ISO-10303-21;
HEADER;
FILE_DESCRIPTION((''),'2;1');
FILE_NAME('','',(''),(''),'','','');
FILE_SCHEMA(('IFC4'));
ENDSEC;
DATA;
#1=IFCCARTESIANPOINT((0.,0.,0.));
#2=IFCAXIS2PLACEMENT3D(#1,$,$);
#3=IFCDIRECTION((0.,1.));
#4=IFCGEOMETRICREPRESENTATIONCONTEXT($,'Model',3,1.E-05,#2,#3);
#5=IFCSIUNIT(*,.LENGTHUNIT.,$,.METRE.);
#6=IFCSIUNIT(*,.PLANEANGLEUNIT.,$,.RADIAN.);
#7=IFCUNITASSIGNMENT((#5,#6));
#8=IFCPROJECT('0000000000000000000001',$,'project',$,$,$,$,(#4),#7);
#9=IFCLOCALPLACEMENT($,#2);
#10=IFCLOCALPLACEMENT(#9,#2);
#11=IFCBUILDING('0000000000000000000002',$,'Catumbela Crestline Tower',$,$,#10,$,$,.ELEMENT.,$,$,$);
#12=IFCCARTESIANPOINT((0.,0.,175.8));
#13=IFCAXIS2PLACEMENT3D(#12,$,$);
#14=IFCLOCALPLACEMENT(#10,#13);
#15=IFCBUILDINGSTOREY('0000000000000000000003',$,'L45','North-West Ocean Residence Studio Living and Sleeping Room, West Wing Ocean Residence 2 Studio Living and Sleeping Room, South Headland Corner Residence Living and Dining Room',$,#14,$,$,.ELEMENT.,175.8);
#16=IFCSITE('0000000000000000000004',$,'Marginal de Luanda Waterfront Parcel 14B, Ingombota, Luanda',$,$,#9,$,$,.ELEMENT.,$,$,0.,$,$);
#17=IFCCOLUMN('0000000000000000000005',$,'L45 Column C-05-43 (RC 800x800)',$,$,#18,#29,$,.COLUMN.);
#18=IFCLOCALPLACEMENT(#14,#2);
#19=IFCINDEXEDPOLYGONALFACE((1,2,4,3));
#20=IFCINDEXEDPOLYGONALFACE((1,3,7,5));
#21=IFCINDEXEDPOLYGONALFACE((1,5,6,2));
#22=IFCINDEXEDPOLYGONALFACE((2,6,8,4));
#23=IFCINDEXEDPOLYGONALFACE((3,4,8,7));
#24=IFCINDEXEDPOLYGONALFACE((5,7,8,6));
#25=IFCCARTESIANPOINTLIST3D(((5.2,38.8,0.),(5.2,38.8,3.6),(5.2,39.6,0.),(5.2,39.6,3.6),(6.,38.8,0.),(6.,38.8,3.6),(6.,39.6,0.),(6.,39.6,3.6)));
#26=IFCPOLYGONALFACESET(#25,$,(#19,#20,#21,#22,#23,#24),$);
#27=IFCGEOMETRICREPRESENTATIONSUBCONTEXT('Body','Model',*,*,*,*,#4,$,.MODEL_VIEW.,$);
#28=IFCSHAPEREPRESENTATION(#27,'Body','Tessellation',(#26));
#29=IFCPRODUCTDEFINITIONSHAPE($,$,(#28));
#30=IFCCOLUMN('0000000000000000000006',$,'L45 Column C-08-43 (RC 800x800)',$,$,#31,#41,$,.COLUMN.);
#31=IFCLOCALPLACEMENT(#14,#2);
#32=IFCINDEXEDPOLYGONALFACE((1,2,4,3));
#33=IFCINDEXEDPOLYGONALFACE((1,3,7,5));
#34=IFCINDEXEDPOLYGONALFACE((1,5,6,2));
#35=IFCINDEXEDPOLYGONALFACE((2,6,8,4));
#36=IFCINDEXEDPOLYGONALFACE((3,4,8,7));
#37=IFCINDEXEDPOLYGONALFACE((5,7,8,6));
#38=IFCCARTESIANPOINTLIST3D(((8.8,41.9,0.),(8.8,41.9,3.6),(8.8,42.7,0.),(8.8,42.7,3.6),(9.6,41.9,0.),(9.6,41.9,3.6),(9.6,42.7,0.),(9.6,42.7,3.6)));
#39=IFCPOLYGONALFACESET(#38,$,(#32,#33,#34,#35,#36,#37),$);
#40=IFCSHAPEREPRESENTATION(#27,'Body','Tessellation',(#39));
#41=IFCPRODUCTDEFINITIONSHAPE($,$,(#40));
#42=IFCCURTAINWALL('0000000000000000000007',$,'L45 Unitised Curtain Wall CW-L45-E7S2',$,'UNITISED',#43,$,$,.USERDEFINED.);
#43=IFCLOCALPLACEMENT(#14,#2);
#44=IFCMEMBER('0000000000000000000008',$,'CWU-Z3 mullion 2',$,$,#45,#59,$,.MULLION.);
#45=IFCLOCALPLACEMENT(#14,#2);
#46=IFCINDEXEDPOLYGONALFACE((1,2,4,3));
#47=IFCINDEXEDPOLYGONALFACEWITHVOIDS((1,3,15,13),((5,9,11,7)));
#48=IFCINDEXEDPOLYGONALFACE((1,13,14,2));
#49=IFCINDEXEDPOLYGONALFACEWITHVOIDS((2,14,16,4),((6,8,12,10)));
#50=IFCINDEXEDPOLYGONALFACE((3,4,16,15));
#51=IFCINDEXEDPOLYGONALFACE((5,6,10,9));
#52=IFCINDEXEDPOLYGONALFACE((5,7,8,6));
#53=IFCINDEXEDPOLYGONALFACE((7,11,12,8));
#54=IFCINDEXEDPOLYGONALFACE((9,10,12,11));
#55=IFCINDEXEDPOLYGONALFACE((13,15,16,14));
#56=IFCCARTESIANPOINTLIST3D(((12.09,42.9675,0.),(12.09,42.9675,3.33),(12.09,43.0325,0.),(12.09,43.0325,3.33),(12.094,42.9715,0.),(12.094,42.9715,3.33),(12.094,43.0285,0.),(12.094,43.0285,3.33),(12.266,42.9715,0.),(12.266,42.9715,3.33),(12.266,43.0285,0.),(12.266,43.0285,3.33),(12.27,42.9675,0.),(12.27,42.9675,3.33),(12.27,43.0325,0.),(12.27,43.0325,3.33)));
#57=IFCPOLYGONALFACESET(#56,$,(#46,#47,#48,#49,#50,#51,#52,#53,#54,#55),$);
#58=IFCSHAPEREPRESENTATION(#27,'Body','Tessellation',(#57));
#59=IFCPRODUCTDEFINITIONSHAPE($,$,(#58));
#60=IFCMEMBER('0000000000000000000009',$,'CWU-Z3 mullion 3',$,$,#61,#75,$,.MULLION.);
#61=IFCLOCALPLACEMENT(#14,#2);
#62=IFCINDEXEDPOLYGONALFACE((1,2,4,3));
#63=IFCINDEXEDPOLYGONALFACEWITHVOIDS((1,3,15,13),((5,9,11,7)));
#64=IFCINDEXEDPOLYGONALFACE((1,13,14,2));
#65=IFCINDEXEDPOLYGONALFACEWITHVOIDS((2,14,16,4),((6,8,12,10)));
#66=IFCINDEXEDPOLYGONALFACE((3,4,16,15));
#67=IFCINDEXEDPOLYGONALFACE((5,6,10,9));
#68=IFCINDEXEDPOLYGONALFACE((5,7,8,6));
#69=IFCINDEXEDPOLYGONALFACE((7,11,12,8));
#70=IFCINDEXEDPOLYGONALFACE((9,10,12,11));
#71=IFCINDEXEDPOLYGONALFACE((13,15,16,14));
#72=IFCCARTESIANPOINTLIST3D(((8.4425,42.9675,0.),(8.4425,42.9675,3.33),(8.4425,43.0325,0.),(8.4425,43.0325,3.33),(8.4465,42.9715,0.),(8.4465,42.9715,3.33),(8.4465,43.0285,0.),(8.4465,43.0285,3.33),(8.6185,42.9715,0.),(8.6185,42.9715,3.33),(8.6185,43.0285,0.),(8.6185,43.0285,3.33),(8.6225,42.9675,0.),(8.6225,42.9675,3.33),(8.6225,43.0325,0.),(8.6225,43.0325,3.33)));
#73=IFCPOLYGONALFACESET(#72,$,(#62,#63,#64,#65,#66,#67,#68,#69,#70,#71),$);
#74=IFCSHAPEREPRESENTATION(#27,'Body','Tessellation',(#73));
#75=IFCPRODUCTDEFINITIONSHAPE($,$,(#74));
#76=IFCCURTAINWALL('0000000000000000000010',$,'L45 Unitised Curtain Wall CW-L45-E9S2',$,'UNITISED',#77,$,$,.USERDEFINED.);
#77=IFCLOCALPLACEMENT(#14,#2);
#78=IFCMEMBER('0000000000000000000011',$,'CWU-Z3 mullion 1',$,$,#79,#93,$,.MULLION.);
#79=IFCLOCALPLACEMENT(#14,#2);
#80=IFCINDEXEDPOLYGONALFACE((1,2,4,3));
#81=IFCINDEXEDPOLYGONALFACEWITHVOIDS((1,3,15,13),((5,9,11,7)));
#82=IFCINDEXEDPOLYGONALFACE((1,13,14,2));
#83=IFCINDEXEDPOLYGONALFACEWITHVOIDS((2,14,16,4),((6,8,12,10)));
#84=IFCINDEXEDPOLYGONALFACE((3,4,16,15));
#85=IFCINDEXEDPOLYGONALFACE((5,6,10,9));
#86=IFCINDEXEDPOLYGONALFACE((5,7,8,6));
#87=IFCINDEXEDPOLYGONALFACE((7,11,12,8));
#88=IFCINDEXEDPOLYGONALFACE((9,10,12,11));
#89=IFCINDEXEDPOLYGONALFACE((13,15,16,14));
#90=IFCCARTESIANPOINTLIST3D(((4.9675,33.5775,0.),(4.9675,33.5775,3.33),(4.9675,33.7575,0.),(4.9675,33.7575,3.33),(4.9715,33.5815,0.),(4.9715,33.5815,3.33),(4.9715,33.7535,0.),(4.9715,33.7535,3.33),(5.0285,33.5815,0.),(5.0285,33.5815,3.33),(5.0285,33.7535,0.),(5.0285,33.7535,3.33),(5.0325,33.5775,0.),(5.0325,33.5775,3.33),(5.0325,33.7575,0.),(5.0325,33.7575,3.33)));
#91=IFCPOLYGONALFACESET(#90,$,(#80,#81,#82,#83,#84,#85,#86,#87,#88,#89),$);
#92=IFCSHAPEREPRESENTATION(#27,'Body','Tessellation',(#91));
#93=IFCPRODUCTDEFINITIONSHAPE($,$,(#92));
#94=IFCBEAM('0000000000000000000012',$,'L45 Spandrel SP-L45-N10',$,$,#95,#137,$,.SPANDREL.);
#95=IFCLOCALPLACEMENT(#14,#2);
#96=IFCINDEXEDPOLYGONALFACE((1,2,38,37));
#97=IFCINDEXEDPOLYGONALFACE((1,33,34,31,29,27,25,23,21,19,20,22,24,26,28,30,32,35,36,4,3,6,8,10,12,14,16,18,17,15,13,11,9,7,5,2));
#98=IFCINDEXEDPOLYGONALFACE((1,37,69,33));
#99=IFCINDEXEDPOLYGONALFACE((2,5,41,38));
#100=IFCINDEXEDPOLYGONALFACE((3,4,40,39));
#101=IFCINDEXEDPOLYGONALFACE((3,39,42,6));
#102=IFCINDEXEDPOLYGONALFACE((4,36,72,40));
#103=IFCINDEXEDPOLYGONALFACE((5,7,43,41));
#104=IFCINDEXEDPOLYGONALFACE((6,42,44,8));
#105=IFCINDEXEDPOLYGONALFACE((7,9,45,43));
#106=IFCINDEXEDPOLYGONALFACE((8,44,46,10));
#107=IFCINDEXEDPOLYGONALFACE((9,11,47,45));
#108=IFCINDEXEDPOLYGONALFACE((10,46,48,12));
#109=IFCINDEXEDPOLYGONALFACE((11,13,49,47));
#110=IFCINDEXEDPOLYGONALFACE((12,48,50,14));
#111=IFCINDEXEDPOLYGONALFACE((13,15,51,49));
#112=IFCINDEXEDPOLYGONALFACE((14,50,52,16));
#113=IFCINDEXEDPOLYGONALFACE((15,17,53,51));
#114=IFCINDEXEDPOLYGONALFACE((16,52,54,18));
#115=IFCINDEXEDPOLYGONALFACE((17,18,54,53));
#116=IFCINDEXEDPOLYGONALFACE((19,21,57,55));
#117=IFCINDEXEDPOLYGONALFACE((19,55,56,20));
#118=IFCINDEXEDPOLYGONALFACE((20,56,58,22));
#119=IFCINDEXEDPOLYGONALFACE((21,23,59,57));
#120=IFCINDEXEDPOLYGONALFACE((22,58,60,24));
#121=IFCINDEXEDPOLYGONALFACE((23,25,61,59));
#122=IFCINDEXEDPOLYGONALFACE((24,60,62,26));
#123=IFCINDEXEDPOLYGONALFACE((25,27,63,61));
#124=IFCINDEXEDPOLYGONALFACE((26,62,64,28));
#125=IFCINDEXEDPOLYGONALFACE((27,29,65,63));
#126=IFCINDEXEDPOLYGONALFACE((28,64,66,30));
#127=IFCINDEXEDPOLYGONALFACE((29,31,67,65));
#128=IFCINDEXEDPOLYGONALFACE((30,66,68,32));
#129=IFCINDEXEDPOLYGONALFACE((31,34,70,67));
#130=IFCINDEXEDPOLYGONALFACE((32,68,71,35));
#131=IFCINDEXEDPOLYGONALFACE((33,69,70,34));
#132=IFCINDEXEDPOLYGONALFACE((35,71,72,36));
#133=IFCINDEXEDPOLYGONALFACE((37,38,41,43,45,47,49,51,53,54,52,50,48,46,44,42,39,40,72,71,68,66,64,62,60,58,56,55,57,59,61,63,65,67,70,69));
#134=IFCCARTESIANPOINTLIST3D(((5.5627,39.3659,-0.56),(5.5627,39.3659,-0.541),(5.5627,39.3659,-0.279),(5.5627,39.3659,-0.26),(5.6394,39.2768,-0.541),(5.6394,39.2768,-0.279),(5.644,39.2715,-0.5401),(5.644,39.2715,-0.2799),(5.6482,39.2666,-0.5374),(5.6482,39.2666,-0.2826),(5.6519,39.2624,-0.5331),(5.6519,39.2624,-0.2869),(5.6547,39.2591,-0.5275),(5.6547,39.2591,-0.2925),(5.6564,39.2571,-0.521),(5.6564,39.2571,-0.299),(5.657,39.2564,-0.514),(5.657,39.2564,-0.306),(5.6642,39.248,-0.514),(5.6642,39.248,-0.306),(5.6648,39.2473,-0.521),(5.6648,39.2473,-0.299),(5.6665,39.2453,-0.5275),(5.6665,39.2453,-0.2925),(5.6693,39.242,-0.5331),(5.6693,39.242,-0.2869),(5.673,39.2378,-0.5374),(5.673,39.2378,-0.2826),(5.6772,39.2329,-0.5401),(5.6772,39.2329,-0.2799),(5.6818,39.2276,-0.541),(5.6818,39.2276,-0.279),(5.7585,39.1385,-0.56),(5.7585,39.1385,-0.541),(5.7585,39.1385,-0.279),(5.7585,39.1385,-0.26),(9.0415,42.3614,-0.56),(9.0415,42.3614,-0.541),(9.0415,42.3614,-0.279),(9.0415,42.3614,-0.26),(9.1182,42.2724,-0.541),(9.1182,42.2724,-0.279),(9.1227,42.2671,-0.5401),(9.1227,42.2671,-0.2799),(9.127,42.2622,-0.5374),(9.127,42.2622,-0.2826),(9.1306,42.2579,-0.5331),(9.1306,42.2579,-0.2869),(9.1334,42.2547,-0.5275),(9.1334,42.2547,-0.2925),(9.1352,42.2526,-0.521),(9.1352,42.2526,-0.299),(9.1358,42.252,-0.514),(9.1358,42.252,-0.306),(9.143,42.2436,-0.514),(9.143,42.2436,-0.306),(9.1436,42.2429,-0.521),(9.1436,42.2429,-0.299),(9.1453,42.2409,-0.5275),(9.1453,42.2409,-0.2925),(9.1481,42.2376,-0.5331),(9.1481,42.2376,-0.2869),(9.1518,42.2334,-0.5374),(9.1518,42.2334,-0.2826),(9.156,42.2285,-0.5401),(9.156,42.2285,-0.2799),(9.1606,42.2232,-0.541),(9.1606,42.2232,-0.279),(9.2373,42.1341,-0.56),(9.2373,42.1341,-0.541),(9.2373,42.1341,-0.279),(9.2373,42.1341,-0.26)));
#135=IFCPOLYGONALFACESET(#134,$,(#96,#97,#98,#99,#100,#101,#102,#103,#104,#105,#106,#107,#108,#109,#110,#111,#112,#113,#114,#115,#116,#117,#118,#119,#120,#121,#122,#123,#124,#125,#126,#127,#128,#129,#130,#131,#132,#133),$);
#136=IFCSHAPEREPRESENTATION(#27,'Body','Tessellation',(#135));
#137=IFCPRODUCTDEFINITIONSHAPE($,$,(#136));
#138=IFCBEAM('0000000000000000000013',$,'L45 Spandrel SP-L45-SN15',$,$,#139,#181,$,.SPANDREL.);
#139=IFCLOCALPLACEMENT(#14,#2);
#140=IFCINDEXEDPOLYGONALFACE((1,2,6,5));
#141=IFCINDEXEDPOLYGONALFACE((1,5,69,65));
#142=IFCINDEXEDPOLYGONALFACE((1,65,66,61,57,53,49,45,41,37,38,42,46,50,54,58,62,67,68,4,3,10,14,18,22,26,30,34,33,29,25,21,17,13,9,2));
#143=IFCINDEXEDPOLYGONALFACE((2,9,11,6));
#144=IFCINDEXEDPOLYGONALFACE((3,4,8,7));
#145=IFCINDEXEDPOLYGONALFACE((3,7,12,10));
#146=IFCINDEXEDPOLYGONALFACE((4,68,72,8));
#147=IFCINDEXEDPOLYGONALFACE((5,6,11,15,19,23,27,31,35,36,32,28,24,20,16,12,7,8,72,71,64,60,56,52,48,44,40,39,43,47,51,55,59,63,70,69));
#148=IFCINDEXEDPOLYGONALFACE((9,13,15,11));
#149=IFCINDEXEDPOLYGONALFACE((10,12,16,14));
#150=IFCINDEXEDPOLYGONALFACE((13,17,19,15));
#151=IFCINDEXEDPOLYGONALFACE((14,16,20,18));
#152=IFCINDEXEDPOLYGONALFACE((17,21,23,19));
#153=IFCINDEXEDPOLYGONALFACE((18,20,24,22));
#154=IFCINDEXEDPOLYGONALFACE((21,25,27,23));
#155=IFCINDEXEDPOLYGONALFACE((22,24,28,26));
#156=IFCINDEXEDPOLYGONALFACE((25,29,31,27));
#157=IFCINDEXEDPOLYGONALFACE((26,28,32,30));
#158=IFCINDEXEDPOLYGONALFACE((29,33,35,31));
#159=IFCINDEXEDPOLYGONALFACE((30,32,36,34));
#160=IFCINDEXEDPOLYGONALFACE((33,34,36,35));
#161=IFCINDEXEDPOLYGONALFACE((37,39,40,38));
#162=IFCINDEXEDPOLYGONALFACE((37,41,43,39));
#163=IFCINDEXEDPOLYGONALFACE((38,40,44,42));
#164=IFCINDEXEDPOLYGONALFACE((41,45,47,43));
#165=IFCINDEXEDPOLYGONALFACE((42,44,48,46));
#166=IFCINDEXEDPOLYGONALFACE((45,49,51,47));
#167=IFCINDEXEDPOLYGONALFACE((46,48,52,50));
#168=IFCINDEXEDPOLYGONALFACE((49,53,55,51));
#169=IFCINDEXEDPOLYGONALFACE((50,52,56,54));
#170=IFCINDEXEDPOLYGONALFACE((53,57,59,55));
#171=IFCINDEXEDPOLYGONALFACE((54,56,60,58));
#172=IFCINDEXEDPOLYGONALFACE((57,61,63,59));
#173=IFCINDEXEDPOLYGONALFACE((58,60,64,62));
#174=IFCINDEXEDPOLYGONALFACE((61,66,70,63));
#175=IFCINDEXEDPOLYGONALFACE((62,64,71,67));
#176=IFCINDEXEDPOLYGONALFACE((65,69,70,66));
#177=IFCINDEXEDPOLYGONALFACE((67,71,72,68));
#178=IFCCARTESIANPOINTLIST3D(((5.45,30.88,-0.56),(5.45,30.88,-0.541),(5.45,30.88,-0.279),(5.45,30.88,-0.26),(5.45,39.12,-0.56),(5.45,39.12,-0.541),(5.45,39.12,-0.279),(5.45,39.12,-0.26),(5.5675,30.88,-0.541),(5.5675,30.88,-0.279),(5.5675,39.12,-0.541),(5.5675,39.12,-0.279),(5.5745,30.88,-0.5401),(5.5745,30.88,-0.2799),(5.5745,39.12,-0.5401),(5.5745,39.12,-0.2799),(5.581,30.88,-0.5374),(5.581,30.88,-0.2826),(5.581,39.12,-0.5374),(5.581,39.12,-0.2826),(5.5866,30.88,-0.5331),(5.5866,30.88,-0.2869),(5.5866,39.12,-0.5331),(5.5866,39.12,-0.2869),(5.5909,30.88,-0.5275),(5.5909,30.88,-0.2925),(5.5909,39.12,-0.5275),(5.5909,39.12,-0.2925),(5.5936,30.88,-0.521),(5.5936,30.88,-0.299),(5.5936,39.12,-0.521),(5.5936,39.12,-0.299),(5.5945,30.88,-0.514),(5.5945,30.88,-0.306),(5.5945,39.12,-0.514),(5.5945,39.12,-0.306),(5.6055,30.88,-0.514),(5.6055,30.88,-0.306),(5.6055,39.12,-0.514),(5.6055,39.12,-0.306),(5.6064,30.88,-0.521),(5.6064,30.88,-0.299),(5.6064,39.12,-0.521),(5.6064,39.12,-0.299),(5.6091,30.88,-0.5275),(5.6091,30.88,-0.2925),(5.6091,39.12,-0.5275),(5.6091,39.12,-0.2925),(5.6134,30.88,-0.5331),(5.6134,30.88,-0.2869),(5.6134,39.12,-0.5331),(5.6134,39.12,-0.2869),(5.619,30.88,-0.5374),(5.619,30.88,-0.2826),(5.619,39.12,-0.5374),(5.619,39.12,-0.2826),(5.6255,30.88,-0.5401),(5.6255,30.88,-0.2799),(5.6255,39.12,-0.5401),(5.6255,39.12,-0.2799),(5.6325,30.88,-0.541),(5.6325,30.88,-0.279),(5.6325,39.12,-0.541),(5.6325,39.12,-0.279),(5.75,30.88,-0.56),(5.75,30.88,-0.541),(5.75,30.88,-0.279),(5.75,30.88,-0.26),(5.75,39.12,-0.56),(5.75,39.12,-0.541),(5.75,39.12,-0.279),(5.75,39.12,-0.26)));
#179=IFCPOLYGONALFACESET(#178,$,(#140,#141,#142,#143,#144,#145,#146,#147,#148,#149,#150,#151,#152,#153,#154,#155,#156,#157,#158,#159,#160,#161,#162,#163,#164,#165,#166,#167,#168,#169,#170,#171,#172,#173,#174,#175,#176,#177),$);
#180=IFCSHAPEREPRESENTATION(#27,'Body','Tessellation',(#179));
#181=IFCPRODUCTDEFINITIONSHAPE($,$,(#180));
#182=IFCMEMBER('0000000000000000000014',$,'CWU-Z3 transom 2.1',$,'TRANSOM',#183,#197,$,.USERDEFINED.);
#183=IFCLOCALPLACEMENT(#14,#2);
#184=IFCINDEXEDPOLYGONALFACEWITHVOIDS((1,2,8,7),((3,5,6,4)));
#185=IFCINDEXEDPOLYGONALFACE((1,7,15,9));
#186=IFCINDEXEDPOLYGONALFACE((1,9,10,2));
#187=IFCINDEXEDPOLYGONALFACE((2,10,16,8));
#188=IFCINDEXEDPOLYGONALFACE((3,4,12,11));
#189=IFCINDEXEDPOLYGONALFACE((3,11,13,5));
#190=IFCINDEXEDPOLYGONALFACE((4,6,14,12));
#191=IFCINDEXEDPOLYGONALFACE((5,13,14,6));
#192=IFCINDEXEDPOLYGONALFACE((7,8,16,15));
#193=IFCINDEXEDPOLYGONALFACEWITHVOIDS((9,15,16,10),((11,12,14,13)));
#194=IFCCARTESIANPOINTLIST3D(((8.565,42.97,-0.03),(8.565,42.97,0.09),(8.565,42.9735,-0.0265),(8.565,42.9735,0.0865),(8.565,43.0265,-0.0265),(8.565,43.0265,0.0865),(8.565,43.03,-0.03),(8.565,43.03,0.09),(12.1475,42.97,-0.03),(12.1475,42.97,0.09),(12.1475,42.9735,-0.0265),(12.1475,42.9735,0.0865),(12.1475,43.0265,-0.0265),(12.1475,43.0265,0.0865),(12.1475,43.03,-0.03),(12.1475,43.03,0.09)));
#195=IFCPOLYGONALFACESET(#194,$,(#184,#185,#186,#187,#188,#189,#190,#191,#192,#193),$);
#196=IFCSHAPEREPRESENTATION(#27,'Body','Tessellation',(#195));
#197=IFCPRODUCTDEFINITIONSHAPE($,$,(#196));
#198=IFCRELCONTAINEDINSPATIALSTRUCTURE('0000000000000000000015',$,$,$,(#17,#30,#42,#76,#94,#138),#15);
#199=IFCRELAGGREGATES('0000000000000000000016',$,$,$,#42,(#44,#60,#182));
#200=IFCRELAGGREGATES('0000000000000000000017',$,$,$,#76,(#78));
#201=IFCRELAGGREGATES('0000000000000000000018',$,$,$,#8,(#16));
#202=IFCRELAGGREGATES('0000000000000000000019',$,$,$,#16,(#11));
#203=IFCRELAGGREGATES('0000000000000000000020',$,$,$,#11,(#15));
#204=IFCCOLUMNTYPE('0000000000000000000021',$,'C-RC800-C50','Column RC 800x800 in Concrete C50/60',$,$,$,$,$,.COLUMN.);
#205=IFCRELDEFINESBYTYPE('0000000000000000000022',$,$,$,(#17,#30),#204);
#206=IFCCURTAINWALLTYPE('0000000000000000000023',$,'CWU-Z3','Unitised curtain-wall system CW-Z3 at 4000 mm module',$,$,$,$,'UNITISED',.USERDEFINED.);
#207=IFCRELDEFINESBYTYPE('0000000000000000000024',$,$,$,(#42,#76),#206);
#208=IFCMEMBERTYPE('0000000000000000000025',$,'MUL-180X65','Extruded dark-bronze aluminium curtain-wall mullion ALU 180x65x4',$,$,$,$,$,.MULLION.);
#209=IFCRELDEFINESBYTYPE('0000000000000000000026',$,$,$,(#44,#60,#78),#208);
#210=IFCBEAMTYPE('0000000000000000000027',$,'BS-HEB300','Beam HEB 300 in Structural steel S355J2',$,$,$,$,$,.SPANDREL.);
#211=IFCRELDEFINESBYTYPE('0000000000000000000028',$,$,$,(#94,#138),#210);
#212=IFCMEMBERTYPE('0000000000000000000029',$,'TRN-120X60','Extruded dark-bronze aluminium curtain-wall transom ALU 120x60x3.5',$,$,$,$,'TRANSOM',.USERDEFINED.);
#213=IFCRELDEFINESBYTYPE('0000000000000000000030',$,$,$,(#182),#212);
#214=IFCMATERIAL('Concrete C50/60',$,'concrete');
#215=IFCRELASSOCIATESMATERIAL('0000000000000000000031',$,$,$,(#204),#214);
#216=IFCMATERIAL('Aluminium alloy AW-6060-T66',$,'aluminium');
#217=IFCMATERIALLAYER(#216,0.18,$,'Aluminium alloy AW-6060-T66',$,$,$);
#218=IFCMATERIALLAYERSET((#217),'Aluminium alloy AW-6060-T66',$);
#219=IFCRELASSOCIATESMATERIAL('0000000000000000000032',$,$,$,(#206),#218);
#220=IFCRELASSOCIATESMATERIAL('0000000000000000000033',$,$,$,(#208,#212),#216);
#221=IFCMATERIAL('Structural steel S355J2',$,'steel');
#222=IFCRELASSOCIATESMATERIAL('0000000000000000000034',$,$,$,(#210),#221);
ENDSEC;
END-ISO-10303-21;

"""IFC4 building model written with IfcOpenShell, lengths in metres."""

from ifc_helpers import new_model, si_unit, direction, frame, origin, origin_2d, place, context, subcontext, project, spatial, rectangle, hollow_rectangle, i_section, extrude, material, layer, layer_set, material_profile, profile_set, type_object, element, aggregate, save


model = new_model("IFC4")

# Units and contexts
model_context = context("Model", 3, precision=1e-05, world=origin(), true_north=direction((0.0, 1.0)))
body_context = subcontext(model_context, "Body", "Model", "MODEL_VIEW")
ifc_project = project(units=[si_unit("LENGTHUNIT", "METRE"), si_unit("PLANEANGLEUNIT", "RADIAN")], contexts=[model_context])

# Site, building, storey
site_placement = place(None, origin())
site = spatial("IfcSite", under=ifc_project, at=site_placement, Name="Marginal de Luanda Waterfront Parcel 14B, Ingombota, Luanda", CompositionType="ELEMENT", RefElevation=0.0)
building_placement = place(site_placement, origin())
building = spatial("IfcBuilding", under=site, at=building_placement, Name="Catumbela Crestline Tower", CompositionType="ELEMENT")
storey_placement = place(building_placement, frame((0.0, 0.0, 175.8)))
storey = spatial("IfcBuildingStorey", under=building, at=storey_placement, Name="L45", Description="North-West Ocean Residence Studio Living and Sleeping Room, West Wing Ocean Residence 2 Studio Living and Sleeping Room, South Headland Corner Residence Living and Dining Room", CompositionType="ELEMENT", Elevation=175.8)

# Columns
ifc_material_1 = material(Name="Concrete C50/60", Category="concrete")
ifc_material_profile_1 = material_profile(ifc_material_1, rectangle(XDim=0.8, YDim=0.8, at=origin_2d()), Name="RC 800x800")
ifc_profile_set_1 = profile_set([ifc_material_profile_1], Name="Concrete C50/60")
column_type = type_object("IfcColumnType", Name="C-RC800-C50", Description="Column RC 800x800 in Concrete C50/60", PredefinedType="COLUMN", material=ifc_profile_set_1)
for number, where, z_axis, x_axis, name in (
    (1, (5.6, 39.2, 0.0), (0.0, 0.0, 1.0), (1.0, 0.0, 0.0), "L45 Column C-05-43 (RC 800x800)"),
    (2, (9.2, 42.3, 0.0), (0.0, 0.0, 1.0), (1.0, 0.0, 0.0), "L45 Column C-08-43 (RC 800x800)"),
):
    element("IfcColumn", number, at=place(storey_placement, frame(where, z_axis=z_axis, x_axis=x_axis)), inside=storey, type_object=column_type, Name=name, PredefinedType="COLUMN", context=body_context, shape_type="SweptSolid", body=[
        extrude(rectangle(XDim=0.8, YDim=0.8, at=origin_2d()), origin(), (0.0, 0.0, 1.0), 3.6),
    ])

# Curtain wall, members
ifc_material_2 = material(Name="Aluminium alloy AW-6060-T66", Category="aluminium")
ifc_layer_1 = layer(ifc_material_2, 0.18, Name="Aluminium alloy AW-6060-T66")
ifc_layer_set_1 = layer_set([ifc_layer_1], Name="Aluminium alloy AW-6060-T66")
curtain_wall_type = type_object("IfcCurtainWallType", Name="CWU-Z3", Description="Unitised curtain-wall system CW-Z3 at 4000 mm module", ElementType="UNITISED", PredefinedType="USERDEFINED", material=ifc_layer_set_1)
curtain_wall_1_placement = place(storey_placement, origin())
curtain_wall_1 = element("IfcCurtainWall", 3, at=curtain_wall_1_placement, inside=storey, type_object=curtain_wall_type, Name="L45 Unitised Curtain Wall CW-L45-E7S2", ObjectType="UNITISED", PredefinedType="USERDEFINED")
ifc_material_profile_2 = material_profile(ifc_material_2, hollow_rectangle(XDim=0.065, YDim=0.18, WallThickness=0.004, at=origin_2d()), Name="ALU 180x65x4")
ifc_profile_set_2 = profile_set([ifc_material_profile_2], Name="Aluminium alloy AW-6060-T66")
member_type_1 = type_object("IfcMemberType", Name="MUL-180X65", Description="Extruded dark-bronze aluminium curtain-wall mullion ALU 180x65x4", PredefinedType="MULLION", material=ifc_profile_set_2)
member_1_placement = place(storey_placement, frame((12.18, 43.0, 0.0), z_axis=(0.0, 0.0, 1.0), x_axis=(0.0, -1.0, 0.0)))
member_1 = element("IfcMember", 4, at=member_1_placement, type_object=member_type_1, Name="CWU-Z3 mullion 2", PredefinedType="MULLION", context=body_context, shape_type="SweptSolid", body=[
    extrude(hollow_rectangle(XDim=0.065, YDim=0.18, WallThickness=0.004, at=origin_2d()), origin(), (0.0, 0.0, 1.0), 3.33),
])
member_2_placement = place(storey_placement, frame((8.5325, 43.0, 0.0), z_axis=(0.0, 0.0, 1.0), x_axis=(0.0, -1.0, 0.0)))
member_2 = element("IfcMember", 5, at=member_2_placement, type_object=member_type_1, Name="CWU-Z3 mullion 3", PredefinedType="MULLION", context=body_context, shape_type="SweptSolid", body=[
    extrude(hollow_rectangle(XDim=0.065, YDim=0.18, WallThickness=0.004, at=origin_2d()), origin(), (0.0, 0.0, 1.0), 3.33),
])

# Curtain wall, member
curtain_wall_2_placement = place(storey_placement, origin())
curtain_wall_2 = element("IfcCurtainWall", 6, at=curtain_wall_2_placement, inside=storey, type_object=curtain_wall_type, Name="L45 Unitised Curtain Wall CW-L45-E9S2", ObjectType="UNITISED", PredefinedType="USERDEFINED")
member_3_placement = place(storey_placement, frame((5.0, 33.6675, 0.0), z_axis=(0.0, 0.0, 1.0), x_axis=(1.0, 0.0, 0.0)))
member_3 = element("IfcMember", 7, at=member_3_placement, type_object=member_type_1, Name="CWU-Z3 mullion 1", PredefinedType="MULLION", context=body_context, shape_type="SweptSolid", body=[
    extrude(hollow_rectangle(XDim=0.065, YDim=0.18, WallThickness=0.004, at=origin_2d()), origin(), (0.0, 0.0, 1.0), 3.33),
])

# Beams
ifc_material_3 = material(Name="Structural steel S355J2", Category="steel")
ifc_material_profile_3 = material_profile(ifc_material_3, i_section(OverallWidth=0.3, OverallDepth=0.3, WebThickness=0.011, FlangeThickness=0.019, FilletRadius=0.027, at=origin_2d()), Name="HEB 300")
ifc_profile_set_3 = profile_set([ifc_material_profile_3], Name="Structural steel S355J2")
beam_type = type_object("IfcBeamType", Name="BS-HEB300", Description="Beam HEB 300 in Structural steel S355J2", PredefinedType="SPANDREL", material=ifc_profile_set_3)
beam_1_placement = place(storey_placement, frame((5.6606, 39.2522, -0.41), z_axis=(0.757772, 0.652519, 0.0), x_axis=(-0.652519, 0.757772, 0.0)))
element("IfcBeam", 8, at=beam_1_placement, inside=storey, type_object=beam_type, Name="L45 Spandrel SP-L45-N10", PredefinedType="SPANDREL", context=body_context, shape_type="SweptSolid", body=[
    extrude(i_section(OverallWidth=0.3, OverallDepth=0.3, WebThickness=0.011, FlangeThickness=0.019, FilletRadius=0.027, at=origin_2d()), origin(), (0.0, 0.0, 1.0), 4.5908),
])
beam_2_placement = place(storey_placement, frame((5.6, 30.88, -0.41), z_axis=(0.0, 1.0, 0.0), x_axis=(-1.0, 0.0, 0.0)))
element("IfcBeam", 9, at=beam_2_placement, inside=storey, type_object=beam_type, Name="L45 Spandrel SP-L45-SN15", PredefinedType="SPANDREL", context=body_context, shape_type="SweptSolid", body=[
    extrude(i_section(OverallWidth=0.3, OverallDepth=0.3, WebThickness=0.011, FlangeThickness=0.019, FilletRadius=0.027, at=origin_2d()), origin(), (0.0, 0.0, 1.0), 8.24),
])

# Member
ifc_material_profile_4 = material_profile(ifc_material_2, hollow_rectangle(XDim=0.06, YDim=0.12, WallThickness=0.0035, at=origin_2d()), Name="ALU 120x60x3.5")
ifc_profile_set_4 = profile_set([ifc_material_profile_4], Name="Aluminium alloy AW-6060-T66")
member_type_2 = type_object("IfcMemberType", Name="TRN-120X60", Description="Extruded dark-bronze aluminium curtain-wall transom ALU 120x60x3.5", ElementType="TRANSOM", PredefinedType="USERDEFINED", material=ifc_profile_set_4)
member_4_placement = place(storey_placement, frame((12.1475, 43.0, 0.03), z_axis=(-1.0, 0.0, 0.0), x_axis=(0.0, -1.0, 0.0)))
member_4 = element("IfcMember", 10, at=member_4_placement, type_object=member_type_2, Name="CWU-Z3 transom 2.1", ObjectType="TRANSOM", PredefinedType="USERDEFINED", context=body_context, shape_type="SweptSolid", body=[
    extrude(hollow_rectangle(XDim=0.06, YDim=0.12, WallThickness=0.0035, at=origin_2d()), origin(), (0.0, 0.0, 1.0), 3.5825),
])

aggregate(curtain_wall_1, [member_1, member_2, member_4])
aggregate(curtain_wall_2, [member_3])

save(model, "model.ifc")
